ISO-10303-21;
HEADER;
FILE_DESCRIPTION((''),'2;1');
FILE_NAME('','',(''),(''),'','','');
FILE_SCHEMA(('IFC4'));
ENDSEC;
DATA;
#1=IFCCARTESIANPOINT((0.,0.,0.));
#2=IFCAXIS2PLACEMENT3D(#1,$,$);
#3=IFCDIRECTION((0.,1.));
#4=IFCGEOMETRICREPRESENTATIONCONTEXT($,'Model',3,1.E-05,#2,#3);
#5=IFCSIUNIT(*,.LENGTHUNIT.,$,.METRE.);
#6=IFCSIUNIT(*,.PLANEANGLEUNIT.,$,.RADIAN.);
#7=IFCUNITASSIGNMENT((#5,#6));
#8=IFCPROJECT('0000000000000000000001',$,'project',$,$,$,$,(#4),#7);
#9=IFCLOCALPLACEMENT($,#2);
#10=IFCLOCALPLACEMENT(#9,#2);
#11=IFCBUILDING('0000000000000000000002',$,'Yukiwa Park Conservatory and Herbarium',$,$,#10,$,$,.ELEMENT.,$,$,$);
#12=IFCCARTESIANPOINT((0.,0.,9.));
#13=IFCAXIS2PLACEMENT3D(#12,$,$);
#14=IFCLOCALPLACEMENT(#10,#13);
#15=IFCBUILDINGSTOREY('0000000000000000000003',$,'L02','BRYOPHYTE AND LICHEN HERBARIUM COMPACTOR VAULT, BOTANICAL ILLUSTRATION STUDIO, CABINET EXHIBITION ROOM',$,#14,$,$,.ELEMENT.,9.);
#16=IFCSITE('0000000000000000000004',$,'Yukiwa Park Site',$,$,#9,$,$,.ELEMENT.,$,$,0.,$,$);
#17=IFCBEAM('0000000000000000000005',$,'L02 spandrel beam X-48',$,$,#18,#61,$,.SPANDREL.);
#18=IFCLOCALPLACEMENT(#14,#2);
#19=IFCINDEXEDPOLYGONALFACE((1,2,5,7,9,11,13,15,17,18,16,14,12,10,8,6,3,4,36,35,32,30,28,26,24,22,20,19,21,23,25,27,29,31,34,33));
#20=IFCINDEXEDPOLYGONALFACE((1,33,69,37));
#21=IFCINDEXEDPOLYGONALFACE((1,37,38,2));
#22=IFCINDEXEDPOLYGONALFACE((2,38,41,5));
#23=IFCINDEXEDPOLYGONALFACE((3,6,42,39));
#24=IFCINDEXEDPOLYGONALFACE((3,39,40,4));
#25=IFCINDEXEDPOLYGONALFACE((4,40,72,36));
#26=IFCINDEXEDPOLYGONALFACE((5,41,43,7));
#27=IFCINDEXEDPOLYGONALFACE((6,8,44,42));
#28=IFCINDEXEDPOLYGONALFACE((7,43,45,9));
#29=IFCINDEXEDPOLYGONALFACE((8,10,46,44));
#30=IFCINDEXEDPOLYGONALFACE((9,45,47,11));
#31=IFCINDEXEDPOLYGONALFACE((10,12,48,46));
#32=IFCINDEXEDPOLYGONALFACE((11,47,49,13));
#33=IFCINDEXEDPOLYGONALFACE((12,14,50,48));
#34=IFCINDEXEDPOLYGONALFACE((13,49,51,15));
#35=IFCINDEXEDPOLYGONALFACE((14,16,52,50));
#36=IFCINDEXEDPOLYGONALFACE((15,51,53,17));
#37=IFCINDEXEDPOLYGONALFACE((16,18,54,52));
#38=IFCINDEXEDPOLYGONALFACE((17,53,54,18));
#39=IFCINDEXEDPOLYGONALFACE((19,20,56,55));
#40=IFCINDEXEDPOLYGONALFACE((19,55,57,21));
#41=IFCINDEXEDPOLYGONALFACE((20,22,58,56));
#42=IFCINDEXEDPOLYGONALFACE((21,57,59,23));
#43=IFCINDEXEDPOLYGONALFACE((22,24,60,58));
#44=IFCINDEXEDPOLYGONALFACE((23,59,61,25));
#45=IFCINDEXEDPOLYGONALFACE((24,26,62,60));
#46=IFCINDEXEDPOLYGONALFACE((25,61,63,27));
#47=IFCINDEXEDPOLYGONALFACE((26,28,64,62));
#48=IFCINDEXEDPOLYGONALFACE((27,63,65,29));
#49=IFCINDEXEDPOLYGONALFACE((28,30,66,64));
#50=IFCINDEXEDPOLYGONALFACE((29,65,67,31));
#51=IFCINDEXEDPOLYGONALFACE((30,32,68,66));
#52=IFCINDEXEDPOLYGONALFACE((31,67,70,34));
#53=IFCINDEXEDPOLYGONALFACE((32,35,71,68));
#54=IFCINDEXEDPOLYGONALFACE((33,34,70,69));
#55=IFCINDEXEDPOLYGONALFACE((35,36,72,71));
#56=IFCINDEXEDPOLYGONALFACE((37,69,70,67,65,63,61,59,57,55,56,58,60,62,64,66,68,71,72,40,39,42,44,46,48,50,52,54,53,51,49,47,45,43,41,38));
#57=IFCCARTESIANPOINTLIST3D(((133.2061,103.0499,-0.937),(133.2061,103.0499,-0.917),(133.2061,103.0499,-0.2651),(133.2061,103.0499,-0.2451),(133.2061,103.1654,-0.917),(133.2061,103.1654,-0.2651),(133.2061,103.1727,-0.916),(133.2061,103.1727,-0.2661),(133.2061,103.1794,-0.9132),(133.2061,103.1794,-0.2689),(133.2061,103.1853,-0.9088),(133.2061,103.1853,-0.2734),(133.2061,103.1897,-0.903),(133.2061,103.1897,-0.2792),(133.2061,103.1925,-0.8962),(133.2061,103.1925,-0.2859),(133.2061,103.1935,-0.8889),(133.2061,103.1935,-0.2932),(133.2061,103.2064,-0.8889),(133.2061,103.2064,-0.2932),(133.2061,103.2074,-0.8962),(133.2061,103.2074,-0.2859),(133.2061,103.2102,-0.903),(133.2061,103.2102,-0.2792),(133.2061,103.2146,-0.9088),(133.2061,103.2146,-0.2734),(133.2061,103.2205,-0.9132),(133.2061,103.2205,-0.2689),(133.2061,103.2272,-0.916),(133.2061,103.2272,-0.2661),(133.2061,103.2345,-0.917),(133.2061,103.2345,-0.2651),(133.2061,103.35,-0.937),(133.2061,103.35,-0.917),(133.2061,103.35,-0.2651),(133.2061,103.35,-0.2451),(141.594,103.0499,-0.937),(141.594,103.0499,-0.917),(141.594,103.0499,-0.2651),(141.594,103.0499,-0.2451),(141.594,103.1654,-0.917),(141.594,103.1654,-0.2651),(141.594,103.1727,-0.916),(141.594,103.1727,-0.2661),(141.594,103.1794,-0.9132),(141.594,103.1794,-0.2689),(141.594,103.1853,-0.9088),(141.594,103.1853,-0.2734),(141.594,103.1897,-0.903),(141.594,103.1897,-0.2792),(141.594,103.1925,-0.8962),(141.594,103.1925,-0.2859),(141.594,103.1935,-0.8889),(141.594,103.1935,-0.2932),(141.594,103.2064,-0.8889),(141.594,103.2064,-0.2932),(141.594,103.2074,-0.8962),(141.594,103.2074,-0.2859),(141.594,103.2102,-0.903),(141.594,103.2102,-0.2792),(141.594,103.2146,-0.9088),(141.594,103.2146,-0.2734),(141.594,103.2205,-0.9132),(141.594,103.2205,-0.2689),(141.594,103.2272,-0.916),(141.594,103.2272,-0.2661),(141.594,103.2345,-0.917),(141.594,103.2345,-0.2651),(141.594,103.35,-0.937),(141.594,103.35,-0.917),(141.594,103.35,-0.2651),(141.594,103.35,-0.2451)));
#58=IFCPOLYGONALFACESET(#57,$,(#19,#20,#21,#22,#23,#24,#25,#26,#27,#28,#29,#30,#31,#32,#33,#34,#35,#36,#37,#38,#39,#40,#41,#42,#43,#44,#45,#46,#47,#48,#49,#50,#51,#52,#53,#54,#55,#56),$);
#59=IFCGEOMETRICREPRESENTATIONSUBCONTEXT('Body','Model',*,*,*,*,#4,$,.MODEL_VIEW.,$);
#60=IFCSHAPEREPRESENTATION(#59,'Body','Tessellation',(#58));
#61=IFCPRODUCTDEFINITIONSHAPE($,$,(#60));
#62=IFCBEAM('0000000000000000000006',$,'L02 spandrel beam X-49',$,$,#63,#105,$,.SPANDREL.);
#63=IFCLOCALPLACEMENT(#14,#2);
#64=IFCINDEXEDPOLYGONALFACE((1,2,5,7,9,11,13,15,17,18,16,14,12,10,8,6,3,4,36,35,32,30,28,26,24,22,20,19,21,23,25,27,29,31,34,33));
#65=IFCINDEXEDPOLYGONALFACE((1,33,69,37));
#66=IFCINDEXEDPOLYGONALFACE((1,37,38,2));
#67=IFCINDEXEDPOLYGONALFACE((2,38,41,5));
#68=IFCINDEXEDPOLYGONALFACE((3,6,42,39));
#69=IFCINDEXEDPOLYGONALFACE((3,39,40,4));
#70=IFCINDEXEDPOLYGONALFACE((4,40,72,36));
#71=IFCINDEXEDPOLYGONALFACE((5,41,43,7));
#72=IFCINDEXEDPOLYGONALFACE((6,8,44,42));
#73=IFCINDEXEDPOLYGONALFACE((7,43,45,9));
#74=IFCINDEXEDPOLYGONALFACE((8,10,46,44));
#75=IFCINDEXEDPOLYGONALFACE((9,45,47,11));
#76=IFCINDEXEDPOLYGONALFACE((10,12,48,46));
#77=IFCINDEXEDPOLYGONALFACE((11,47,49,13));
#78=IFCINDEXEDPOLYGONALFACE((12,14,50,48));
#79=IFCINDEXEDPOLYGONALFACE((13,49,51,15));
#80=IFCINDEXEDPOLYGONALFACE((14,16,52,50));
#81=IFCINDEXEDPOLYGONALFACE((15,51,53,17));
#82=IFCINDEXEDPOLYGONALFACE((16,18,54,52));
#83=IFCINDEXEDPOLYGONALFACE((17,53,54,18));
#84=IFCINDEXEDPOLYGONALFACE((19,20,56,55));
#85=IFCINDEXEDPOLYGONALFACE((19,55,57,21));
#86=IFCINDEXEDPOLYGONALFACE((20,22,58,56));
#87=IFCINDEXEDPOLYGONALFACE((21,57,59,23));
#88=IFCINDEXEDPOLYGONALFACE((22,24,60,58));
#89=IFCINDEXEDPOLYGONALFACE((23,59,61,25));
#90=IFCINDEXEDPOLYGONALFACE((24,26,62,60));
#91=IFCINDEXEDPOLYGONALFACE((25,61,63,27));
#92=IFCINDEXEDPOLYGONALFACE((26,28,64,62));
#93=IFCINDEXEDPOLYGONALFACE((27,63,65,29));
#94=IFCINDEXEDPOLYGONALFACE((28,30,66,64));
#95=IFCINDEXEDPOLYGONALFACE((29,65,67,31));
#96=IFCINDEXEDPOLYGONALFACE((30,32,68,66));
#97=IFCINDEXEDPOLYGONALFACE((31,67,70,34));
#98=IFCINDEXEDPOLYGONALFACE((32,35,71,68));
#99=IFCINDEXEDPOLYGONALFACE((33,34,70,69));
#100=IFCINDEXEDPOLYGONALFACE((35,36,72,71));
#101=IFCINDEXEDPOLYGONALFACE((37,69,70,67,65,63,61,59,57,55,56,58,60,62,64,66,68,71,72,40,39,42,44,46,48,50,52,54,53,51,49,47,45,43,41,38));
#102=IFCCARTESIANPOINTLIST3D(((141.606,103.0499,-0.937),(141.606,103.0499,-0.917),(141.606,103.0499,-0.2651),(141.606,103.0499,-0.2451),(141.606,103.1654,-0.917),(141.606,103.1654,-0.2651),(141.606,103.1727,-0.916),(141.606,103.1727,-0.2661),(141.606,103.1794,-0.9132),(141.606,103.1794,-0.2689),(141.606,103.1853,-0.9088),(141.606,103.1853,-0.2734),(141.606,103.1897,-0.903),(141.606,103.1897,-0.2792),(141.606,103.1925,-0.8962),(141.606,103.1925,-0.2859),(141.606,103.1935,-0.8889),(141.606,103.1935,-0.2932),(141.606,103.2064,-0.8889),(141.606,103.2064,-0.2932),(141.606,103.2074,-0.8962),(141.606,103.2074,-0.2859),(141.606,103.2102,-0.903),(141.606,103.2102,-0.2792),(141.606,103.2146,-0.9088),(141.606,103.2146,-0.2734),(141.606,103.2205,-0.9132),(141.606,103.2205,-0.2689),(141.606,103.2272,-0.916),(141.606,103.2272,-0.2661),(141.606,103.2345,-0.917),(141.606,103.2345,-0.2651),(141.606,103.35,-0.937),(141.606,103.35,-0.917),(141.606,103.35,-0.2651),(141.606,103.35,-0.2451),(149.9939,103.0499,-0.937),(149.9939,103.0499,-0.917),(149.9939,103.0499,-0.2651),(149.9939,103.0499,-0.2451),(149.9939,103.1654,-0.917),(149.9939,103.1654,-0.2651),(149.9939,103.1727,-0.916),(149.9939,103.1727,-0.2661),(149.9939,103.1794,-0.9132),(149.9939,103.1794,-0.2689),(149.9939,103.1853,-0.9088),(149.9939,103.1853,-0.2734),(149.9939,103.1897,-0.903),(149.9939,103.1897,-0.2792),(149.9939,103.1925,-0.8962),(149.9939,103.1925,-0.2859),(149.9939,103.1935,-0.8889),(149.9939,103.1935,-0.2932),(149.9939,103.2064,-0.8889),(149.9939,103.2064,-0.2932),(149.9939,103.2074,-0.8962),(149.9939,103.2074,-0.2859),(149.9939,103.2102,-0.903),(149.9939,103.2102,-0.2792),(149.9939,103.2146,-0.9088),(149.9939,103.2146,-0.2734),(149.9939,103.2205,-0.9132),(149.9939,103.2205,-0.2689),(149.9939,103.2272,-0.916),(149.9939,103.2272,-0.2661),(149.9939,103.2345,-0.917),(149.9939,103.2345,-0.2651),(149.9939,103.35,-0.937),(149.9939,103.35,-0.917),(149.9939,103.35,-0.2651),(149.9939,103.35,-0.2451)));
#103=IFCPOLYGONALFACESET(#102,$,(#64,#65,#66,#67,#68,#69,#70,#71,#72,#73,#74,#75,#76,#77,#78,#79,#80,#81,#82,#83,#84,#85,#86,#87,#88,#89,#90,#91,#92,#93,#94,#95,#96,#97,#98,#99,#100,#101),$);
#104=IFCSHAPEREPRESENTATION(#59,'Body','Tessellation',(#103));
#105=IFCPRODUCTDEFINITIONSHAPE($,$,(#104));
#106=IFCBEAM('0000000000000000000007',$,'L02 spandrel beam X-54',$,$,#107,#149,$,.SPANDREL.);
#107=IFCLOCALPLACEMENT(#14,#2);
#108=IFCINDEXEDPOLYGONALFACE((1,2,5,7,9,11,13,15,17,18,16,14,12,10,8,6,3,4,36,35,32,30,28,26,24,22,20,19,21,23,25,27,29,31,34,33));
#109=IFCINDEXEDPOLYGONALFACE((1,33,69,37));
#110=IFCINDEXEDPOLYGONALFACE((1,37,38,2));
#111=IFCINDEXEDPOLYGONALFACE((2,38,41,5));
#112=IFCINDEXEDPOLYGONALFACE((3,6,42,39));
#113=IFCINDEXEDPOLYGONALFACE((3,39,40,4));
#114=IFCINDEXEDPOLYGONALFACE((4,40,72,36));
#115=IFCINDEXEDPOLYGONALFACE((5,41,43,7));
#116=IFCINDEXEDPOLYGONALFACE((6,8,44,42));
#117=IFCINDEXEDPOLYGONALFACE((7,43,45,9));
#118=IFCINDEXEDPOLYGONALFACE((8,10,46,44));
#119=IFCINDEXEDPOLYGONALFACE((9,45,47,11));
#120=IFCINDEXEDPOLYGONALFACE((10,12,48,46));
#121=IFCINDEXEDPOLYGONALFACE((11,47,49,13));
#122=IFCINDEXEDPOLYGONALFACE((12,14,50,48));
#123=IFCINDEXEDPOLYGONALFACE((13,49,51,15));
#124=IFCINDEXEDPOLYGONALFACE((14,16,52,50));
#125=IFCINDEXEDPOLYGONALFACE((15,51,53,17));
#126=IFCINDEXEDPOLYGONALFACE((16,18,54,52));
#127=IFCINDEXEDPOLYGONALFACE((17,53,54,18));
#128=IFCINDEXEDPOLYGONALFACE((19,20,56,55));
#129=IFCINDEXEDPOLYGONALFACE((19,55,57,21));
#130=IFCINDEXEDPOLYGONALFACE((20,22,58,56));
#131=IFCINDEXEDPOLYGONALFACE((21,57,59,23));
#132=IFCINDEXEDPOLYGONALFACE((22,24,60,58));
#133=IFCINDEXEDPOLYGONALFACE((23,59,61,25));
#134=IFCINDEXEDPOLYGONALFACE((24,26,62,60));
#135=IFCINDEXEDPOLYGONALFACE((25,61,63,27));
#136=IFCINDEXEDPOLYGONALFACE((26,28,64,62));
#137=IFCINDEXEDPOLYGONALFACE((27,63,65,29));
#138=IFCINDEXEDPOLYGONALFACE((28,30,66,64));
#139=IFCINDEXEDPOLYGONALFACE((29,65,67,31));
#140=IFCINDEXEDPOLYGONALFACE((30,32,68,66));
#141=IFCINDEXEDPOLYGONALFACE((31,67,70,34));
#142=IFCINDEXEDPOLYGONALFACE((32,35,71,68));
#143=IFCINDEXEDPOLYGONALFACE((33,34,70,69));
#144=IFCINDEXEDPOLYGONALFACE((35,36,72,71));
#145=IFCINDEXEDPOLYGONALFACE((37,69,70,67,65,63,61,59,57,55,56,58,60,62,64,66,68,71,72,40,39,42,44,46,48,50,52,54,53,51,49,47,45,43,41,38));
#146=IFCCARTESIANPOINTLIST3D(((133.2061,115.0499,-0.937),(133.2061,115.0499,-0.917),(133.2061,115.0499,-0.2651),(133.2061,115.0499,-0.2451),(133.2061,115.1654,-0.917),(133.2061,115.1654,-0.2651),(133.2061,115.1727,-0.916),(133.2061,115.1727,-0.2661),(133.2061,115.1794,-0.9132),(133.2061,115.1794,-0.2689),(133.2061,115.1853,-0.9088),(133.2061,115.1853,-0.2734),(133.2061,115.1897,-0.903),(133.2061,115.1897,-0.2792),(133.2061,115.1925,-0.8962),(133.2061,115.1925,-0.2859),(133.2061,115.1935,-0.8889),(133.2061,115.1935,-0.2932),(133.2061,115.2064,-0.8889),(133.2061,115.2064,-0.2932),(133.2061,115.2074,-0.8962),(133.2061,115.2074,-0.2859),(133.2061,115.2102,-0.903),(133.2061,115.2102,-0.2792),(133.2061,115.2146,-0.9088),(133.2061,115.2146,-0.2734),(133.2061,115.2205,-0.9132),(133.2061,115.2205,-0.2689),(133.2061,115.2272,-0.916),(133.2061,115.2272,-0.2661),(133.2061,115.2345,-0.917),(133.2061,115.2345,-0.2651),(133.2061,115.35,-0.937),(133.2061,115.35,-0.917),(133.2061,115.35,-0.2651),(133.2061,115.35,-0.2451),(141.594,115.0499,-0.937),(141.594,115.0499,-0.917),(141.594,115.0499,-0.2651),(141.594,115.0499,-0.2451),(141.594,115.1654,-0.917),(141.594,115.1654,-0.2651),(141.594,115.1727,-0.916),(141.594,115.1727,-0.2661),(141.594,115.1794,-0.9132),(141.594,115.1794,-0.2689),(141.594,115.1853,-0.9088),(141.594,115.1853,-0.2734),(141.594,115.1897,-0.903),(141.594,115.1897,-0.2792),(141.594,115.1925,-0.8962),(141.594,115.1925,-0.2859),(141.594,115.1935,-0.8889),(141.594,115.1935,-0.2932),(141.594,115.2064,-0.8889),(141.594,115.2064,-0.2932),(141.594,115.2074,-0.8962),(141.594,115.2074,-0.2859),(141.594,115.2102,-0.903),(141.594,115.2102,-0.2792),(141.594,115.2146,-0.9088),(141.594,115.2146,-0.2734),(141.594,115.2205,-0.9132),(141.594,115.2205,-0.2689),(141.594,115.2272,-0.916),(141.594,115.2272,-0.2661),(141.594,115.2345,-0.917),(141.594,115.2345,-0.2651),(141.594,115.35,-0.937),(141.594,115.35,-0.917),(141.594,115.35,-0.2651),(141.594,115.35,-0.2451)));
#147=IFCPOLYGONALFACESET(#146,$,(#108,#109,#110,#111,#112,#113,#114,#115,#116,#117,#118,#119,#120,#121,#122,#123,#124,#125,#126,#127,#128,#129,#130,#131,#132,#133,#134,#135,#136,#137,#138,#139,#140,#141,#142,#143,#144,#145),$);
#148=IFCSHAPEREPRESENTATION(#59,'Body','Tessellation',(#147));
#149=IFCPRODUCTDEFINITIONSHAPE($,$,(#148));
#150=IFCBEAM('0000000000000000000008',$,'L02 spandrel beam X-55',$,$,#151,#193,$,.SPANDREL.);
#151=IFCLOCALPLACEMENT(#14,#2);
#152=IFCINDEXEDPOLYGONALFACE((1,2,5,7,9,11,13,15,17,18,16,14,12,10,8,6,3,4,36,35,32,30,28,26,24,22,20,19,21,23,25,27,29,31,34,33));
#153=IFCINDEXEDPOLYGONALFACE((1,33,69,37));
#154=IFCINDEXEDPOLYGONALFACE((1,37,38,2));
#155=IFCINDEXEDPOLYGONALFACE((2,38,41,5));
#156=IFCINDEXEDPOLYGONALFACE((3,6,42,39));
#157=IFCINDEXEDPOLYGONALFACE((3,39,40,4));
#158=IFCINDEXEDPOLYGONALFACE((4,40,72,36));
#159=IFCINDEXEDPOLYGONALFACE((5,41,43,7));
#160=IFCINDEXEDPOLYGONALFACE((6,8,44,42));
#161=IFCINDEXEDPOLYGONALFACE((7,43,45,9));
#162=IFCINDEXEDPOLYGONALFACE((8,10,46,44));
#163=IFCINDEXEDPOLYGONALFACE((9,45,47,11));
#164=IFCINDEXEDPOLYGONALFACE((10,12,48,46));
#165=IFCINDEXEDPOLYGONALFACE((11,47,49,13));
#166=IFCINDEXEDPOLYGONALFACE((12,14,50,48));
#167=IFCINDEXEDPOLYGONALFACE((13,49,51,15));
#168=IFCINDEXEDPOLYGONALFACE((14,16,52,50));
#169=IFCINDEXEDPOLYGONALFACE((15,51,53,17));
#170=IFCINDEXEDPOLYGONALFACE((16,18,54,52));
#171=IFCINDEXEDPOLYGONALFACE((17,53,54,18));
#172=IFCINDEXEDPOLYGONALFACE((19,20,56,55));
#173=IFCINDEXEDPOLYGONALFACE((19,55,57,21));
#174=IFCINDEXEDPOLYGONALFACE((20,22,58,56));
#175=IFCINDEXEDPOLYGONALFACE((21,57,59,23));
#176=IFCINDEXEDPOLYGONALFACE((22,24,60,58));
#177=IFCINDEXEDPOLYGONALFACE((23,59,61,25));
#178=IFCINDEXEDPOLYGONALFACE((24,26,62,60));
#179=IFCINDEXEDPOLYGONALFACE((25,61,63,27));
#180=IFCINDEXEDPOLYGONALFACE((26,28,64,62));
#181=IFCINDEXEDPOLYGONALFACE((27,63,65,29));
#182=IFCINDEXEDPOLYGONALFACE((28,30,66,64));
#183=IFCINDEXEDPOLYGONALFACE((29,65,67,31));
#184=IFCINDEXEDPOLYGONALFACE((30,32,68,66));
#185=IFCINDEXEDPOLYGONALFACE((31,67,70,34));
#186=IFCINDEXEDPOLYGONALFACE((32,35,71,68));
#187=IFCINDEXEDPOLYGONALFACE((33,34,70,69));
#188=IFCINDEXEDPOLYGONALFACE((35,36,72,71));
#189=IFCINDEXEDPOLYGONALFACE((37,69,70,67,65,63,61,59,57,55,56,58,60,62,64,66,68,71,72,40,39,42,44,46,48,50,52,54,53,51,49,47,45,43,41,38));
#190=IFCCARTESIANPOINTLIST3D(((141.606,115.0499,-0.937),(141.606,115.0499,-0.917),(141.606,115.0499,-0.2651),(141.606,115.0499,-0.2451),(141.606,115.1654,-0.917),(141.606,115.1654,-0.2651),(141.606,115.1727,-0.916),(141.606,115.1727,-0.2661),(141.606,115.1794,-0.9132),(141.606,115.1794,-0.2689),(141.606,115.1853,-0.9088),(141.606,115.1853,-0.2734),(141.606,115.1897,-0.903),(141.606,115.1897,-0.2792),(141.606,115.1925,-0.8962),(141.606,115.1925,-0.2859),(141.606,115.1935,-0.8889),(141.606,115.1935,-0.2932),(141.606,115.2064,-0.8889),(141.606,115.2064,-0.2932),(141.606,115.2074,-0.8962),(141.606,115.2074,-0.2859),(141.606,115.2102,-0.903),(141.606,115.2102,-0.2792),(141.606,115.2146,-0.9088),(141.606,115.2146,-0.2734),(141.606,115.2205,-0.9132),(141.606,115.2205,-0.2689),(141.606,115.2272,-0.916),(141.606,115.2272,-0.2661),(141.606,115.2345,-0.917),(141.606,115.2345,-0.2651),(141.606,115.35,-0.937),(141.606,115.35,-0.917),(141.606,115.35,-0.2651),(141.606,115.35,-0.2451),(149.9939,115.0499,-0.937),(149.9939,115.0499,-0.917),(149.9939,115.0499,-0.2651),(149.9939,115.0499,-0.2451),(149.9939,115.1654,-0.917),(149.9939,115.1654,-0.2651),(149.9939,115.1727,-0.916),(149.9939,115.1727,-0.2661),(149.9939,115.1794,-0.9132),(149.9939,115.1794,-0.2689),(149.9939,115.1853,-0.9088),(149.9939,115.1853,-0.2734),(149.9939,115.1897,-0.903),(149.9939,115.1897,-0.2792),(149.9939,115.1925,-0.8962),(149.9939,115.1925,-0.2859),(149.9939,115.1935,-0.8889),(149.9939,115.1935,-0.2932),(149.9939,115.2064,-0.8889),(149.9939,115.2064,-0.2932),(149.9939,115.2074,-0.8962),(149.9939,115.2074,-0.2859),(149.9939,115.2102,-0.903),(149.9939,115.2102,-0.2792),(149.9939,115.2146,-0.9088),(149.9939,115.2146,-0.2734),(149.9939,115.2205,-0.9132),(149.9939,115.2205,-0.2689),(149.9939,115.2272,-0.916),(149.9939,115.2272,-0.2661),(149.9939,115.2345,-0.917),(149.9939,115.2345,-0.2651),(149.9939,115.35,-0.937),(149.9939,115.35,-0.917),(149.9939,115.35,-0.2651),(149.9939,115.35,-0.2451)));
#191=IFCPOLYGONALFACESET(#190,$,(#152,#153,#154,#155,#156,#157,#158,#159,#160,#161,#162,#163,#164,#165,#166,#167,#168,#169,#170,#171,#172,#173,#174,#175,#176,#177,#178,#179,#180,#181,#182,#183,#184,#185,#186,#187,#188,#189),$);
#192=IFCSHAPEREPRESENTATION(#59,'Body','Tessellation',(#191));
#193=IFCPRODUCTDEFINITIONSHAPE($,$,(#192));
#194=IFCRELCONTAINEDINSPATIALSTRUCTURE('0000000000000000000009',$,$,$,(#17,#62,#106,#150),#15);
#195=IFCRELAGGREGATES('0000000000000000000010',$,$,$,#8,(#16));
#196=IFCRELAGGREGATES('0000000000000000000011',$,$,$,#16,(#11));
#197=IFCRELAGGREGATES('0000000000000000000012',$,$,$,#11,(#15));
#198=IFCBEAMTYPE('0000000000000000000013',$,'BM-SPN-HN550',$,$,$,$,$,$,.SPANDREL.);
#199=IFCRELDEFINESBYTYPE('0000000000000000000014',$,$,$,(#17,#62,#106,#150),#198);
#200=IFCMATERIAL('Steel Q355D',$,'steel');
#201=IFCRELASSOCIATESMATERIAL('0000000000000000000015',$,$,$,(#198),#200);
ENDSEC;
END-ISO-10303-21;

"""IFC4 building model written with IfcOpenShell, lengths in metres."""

from ifc_helpers import new_model, si_unit, direction, frame, origin, origin_2d, place, context, subcontext, project, spatial, i_section, extrude, material, material_profile, profile_set, type_object, element, save


model = new_model("IFC4")

# Units and contexts
model_context = context("Model", 3, precision=1e-05, world=origin(), true_north=direction((0.0, 1.0)))
body_context = subcontext(model_context, "Body", "Model", "MODEL_VIEW")
ifc_project = project(units=[si_unit("LENGTHUNIT", "METRE"), si_unit("PLANEANGLEUNIT", "RADIAN")], contexts=[model_context])

# Site, building, storey
site_placement = place(None, origin())
site = spatial("IfcSite", under=ifc_project, at=site_placement, Name="Yukiwa Park Site", CompositionType="ELEMENT", RefElevation=0.0)
building_placement = place(site_placement, origin())
building = spatial("IfcBuilding", under=site, at=building_placement, Name="Yukiwa Park Conservatory and Herbarium", CompositionType="ELEMENT")
storey_placement = place(building_placement, frame((0.0, 0.0, 9.0)))
storey = spatial("IfcBuildingStorey", under=building, at=storey_placement, Name="L02", Description="BRYOPHYTE AND LICHEN HERBARIUM COMPACTOR VAULT, BOTANICAL ILLUSTRATION STUDIO, CABINET EXHIBITION ROOM", CompositionType="ELEMENT", Elevation=9.0)

# Beams
ifc_material_1 = material(Name="Steel Q355D", Category="steel")
ifc_material_profile_1 = material_profile(ifc_material_1, i_section(OverallWidth=0.3, OverallDepth=0.6919, WebThickness=0.0129, FlangeThickness=0.02, FilletRadius=0.0281, at=origin_2d()), Name="HN 692x300x13x20")
ifc_profile_set_1 = profile_set([ifc_material_profile_1], Name="Steel Q355D")
beam_type_1 = type_object("IfcBeamType", Name="BM-SPN-HN550", PredefinedType="SPANDREL", material=ifc_profile_set_1)
for number, where, z_axis, x_axis, name in (
    (1, (133.2061, 103.2, -0.5911), (1.0, 0.0, 0.0), (0.0, 1.0, 0.0), "L02 spandrel beam X-48"),
    (2, (141.606, 103.2, -0.5911), (1.0, 0.0, 0.0), (0.0, 1.0, 0.0), "L02 spandrel beam X-49"),
    (3, (133.2061, 115.2, -0.5911), (1.0, 0.0, 0.0), (0.0, 1.0, 0.0), "L02 spandrel beam X-54"),
    (4, (141.606, 115.2, -0.5911), (1.0, 0.0, 0.0), (0.0, 1.0, 0.0), "L02 spandrel beam X-55"),
):
    element("IfcBeam", number, at=place(storey_placement, frame(where, z_axis=z_axis, x_axis=x_axis)), inside=storey, type_object=beam_type_1, Name=name, PredefinedType="SPANDREL", context=body_context, shape_type="SweptSolid", body=[
        extrude(i_section(OverallWidth=0.3, OverallDepth=0.6919, WebThickness=0.0129, FlangeThickness=0.02, FilletRadius=0.0281, at=origin_2d()), origin(), (0.0, 0.0, 1.0), 8.3879),
    ])

save(model, "model.ifc")
